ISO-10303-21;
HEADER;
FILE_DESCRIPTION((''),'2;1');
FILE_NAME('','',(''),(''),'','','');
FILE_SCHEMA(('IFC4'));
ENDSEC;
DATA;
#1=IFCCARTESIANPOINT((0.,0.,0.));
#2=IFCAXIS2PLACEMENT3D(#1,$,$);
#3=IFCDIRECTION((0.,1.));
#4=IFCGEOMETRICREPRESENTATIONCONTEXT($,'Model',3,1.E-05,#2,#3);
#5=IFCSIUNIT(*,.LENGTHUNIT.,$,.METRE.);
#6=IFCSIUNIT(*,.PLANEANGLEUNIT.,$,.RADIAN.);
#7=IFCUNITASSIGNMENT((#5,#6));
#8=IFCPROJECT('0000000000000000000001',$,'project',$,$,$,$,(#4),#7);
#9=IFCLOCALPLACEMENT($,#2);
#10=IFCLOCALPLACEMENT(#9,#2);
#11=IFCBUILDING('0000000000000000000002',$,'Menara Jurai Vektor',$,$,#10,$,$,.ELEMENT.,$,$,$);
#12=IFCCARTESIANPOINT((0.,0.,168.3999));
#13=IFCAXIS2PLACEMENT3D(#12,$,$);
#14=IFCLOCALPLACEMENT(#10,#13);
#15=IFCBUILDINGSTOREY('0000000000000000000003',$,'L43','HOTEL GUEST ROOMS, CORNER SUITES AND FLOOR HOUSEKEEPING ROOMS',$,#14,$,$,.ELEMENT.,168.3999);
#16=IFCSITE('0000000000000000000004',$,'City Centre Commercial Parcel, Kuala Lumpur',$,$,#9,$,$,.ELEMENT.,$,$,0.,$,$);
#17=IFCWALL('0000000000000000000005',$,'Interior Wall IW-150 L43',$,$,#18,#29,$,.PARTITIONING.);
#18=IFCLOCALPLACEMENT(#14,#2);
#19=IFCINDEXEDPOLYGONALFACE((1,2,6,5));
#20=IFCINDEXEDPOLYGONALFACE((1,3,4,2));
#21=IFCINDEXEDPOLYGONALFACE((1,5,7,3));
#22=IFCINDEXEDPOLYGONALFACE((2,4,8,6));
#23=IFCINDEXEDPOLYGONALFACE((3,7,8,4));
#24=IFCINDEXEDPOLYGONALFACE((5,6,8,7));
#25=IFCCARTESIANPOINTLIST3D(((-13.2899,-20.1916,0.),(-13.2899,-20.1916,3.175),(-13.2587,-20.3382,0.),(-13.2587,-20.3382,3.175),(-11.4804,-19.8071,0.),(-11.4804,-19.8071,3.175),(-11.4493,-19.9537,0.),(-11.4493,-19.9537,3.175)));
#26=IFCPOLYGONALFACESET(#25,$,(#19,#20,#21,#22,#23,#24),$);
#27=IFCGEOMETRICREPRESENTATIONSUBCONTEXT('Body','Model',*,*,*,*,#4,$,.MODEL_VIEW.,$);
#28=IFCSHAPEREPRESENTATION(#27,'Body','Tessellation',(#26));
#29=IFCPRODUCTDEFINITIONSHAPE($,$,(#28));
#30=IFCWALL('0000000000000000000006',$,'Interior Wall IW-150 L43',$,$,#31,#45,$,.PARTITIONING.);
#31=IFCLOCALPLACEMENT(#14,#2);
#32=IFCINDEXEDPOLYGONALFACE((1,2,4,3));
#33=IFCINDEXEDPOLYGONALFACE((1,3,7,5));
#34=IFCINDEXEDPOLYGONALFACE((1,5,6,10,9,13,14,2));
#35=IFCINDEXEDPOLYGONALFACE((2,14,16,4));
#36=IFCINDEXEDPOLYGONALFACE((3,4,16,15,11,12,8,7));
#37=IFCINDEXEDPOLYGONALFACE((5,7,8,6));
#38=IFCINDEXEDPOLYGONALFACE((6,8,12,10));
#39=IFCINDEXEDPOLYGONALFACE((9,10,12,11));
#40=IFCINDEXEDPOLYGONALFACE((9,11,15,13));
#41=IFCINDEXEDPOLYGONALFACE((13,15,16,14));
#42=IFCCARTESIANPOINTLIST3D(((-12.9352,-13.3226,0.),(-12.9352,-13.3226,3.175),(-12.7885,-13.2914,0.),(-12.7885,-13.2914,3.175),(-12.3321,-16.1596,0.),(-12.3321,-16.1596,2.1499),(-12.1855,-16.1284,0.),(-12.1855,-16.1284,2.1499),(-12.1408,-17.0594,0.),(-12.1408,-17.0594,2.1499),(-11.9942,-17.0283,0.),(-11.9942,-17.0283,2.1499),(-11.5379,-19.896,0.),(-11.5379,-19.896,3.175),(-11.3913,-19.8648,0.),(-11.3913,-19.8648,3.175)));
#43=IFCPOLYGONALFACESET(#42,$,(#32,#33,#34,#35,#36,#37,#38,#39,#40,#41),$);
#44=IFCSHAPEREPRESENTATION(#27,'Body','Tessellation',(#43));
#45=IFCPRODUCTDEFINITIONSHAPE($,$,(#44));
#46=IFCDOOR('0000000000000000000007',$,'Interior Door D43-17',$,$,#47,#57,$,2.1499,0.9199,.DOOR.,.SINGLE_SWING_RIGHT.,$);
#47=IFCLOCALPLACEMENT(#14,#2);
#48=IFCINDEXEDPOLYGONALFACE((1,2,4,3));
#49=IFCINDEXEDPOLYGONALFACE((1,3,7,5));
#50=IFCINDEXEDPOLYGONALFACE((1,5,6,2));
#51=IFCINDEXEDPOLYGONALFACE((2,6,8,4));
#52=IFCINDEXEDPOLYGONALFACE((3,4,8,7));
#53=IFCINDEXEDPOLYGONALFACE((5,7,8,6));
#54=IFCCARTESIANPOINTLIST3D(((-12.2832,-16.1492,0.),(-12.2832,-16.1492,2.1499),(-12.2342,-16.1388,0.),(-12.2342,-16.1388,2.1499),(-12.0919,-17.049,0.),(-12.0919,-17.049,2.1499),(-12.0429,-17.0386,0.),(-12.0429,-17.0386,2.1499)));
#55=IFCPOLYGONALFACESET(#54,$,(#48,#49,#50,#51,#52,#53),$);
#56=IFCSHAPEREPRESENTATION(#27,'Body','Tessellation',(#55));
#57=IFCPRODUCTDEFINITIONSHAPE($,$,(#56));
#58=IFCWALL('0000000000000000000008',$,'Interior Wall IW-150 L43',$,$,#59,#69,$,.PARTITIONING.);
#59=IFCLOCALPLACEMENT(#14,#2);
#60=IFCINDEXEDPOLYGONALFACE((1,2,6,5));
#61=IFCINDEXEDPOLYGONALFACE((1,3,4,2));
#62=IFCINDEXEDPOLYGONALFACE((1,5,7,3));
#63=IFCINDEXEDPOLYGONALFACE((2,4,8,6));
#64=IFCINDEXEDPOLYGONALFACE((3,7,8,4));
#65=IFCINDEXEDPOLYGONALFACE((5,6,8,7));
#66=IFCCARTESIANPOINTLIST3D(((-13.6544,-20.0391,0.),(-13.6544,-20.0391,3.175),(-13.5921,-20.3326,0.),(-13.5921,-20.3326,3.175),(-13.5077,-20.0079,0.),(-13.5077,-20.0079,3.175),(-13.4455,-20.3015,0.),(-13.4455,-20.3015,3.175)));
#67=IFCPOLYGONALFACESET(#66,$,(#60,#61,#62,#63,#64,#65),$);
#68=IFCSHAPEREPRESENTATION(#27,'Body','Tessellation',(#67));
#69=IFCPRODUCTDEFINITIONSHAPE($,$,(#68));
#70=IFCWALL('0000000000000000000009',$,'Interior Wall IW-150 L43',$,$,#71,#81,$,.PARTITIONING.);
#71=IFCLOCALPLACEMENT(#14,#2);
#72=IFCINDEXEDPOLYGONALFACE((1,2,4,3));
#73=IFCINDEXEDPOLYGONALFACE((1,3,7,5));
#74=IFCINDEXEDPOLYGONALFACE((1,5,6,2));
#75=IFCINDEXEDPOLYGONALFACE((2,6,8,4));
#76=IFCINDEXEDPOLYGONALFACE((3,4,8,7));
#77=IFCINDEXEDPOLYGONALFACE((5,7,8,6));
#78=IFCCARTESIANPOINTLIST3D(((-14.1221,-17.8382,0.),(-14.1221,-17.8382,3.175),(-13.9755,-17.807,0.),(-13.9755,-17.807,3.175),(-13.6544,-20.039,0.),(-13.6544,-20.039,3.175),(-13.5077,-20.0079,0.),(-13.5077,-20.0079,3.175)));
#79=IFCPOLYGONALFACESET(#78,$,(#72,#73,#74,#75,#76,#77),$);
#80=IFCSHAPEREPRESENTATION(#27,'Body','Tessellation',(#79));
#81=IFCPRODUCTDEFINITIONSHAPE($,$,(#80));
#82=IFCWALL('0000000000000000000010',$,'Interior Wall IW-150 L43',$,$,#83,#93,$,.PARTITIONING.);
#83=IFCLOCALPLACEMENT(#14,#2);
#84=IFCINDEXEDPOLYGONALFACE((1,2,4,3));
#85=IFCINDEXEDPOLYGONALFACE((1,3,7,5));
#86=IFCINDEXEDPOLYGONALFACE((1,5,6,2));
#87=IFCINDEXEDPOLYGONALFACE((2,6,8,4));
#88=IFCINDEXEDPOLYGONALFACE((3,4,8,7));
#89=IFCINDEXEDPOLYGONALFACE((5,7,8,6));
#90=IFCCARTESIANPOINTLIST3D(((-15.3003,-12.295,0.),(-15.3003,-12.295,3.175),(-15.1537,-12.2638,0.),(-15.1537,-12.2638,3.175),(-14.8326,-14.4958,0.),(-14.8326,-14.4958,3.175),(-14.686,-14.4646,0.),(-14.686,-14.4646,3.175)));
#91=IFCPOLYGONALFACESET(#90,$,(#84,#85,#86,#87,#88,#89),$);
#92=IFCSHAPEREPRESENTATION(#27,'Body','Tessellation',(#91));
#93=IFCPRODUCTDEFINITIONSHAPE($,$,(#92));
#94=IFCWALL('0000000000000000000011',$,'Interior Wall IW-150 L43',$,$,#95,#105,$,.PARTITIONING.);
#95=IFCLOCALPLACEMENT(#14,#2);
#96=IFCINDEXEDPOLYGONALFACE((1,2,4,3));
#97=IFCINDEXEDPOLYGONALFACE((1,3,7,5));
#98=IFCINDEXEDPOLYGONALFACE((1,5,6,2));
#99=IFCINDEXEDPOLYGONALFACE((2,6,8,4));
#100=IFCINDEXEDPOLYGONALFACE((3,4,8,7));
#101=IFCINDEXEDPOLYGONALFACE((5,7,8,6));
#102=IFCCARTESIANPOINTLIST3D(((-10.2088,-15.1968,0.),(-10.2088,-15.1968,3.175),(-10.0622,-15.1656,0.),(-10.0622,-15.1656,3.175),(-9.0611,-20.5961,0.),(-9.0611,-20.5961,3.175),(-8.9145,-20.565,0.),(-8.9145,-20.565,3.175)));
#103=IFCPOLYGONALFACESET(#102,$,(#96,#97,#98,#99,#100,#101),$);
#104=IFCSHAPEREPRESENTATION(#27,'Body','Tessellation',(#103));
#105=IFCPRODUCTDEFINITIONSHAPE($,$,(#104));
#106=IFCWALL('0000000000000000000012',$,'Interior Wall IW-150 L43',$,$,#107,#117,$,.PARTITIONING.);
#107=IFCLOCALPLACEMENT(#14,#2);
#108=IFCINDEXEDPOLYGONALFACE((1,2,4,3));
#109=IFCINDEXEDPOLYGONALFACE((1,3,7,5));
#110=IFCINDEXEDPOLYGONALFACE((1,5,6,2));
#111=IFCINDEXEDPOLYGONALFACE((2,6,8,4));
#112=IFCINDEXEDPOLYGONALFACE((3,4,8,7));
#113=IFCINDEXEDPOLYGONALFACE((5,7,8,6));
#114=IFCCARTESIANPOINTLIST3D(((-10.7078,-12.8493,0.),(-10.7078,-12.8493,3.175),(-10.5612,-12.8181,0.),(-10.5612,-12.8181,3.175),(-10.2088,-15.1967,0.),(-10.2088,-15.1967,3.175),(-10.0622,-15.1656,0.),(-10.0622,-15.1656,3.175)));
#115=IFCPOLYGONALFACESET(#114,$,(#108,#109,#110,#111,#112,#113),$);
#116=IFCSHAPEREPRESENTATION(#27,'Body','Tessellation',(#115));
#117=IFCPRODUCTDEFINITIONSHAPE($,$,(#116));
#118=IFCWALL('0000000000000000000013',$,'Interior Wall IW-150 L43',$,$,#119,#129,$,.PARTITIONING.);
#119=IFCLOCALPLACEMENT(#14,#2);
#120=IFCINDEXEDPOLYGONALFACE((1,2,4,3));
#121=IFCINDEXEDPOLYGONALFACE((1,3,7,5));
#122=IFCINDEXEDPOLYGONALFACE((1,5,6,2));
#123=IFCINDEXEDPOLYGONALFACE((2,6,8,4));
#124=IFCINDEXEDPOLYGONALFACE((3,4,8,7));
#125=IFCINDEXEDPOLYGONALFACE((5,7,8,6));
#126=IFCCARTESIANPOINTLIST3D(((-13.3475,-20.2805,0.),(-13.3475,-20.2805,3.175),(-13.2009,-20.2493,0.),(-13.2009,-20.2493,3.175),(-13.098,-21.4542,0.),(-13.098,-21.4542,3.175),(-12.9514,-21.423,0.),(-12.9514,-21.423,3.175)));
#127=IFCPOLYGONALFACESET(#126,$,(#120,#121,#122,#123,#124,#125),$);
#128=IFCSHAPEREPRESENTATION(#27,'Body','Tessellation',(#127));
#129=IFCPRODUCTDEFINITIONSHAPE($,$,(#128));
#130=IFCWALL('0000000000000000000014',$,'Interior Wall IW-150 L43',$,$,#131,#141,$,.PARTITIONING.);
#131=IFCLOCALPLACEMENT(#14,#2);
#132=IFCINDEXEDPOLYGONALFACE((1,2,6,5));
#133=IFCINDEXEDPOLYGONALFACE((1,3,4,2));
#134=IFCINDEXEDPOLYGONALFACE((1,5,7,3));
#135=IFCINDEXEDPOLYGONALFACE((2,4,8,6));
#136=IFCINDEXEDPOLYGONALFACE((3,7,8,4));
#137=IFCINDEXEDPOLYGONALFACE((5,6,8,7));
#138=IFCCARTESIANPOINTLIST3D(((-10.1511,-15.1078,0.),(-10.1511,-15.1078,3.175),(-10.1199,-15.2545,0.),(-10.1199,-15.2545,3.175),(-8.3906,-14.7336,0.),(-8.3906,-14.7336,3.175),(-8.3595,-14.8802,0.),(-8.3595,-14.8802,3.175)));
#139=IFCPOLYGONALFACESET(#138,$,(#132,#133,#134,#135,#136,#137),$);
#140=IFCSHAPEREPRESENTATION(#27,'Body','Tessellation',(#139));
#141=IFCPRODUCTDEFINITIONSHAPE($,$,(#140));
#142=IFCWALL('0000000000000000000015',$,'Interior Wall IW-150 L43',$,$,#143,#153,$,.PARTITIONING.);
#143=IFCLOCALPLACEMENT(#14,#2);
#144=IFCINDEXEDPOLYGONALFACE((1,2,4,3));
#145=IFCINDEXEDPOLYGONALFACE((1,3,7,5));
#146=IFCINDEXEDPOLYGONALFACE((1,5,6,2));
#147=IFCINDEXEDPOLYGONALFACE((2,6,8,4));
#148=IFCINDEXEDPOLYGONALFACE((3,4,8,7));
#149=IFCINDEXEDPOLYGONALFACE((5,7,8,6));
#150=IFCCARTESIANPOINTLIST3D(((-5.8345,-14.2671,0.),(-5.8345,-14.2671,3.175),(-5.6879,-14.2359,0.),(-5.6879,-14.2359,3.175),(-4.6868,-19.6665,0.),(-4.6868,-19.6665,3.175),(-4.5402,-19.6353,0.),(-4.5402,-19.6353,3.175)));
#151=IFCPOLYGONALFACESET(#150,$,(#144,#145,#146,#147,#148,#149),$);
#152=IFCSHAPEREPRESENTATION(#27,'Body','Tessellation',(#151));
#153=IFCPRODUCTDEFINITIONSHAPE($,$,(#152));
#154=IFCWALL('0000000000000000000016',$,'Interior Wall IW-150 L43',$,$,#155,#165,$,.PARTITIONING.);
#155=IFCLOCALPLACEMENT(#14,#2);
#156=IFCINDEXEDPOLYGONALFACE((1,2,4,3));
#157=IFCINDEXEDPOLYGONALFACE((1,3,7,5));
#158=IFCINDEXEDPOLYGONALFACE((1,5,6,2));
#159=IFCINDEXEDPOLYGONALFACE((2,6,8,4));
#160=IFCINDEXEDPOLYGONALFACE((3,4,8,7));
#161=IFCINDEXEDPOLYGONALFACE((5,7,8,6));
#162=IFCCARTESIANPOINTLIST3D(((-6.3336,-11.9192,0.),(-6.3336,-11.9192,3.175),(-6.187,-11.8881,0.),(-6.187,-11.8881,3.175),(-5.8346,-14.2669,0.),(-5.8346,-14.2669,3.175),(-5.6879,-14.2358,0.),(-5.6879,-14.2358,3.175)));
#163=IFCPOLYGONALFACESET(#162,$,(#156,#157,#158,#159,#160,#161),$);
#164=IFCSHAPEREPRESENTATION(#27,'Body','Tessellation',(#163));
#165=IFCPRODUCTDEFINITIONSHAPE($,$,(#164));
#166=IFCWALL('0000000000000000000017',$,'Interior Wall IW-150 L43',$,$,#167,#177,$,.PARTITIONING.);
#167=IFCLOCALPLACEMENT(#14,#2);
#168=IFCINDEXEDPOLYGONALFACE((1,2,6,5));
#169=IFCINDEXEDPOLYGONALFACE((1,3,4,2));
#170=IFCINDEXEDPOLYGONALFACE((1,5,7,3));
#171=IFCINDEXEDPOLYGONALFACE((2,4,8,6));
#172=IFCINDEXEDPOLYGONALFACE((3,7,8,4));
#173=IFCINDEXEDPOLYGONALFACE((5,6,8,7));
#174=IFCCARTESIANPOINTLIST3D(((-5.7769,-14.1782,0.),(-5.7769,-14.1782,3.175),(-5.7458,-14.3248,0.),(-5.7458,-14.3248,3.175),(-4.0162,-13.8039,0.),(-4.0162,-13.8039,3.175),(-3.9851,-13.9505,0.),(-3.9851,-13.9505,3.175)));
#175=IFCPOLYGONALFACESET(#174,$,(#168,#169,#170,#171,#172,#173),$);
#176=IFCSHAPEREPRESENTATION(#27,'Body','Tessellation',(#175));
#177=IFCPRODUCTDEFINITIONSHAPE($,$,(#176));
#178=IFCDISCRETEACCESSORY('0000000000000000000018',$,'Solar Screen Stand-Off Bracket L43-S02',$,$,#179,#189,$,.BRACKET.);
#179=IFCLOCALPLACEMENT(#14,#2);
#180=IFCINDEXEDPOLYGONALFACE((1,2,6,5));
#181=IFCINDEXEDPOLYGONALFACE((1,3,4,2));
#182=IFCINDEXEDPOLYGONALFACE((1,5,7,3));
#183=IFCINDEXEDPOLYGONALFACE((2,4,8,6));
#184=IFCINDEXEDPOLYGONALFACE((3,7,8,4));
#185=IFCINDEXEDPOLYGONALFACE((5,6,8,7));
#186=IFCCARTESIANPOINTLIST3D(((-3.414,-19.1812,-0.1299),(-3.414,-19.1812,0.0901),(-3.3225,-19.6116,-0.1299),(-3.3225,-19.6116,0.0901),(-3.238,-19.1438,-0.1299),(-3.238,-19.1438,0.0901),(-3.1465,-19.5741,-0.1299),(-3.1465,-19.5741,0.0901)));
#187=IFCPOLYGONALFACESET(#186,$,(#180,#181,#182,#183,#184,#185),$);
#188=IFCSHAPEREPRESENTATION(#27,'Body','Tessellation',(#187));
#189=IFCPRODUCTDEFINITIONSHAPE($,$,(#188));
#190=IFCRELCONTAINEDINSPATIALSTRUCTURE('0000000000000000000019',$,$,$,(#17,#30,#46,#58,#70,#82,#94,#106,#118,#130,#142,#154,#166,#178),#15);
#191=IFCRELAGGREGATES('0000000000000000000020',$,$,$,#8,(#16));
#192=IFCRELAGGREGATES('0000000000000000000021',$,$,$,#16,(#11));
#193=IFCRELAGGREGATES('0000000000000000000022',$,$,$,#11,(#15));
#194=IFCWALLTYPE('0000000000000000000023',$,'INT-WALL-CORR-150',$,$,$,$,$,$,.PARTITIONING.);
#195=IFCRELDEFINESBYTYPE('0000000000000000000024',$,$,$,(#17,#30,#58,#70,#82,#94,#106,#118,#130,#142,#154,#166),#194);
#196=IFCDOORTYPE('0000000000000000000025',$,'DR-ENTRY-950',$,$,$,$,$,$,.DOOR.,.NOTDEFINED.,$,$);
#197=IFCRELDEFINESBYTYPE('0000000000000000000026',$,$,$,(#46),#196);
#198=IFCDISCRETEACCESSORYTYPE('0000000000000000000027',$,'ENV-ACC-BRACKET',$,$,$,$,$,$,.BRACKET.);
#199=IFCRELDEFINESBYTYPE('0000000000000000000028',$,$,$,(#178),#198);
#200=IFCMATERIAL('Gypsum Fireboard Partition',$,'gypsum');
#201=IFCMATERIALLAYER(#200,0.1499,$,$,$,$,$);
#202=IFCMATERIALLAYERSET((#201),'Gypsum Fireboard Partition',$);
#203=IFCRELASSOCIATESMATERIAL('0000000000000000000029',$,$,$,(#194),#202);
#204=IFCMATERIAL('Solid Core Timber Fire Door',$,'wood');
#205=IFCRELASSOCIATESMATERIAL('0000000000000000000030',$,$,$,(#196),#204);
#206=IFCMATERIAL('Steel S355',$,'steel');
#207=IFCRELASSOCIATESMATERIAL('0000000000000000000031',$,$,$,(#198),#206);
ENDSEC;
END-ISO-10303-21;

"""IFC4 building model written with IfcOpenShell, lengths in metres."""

from ifc_helpers import new_model, si_unit, direction, frame, frame_2d, origin, origin_2d, place, context, subcontext, project, spatial, rectangle, extrude, material, layer, layer_set, type_object, element, fill, save


model = new_model("IFC4")

# Units and contexts
model_context = context("Model", 3, precision=1e-05, world=origin(), true_north=direction((0.0, 1.0)))
body_context = subcontext(model_context, "Body", "Model", "MODEL_VIEW")
ifc_project = project(units=[si_unit("LENGTHUNIT", "METRE"), si_unit("PLANEANGLEUNIT", "RADIAN")], contexts=[model_context])

# Site, building, storey
site_placement = place(None, origin())
site = spatial("IfcSite", under=ifc_project, at=site_placement, Name="City Centre Commercial Parcel, Kuala Lumpur", CompositionType="ELEMENT", RefElevation=0.0)
building_placement = place(site_placement, origin())
building = spatial("IfcBuilding", under=site, at=building_placement, Name="Menara Jurai Vektor", CompositionType="ELEMENT")
storey_placement = place(building_placement, frame((0.0, 0.0, 168.3999)))
storey = spatial("IfcBuildingStorey", under=building, at=storey_placement, Name="L43", Description="HOTEL GUEST ROOMS, CORNER SUITES AND FLOOR HOUSEKEEPING ROOMS", CompositionType="ELEMENT", Elevation=168.3999)

# Shared definitions
ifc_material_1 = material(Name="Steel S355", Category="steel")

# Wall
ifc_material_2 = material(Name="Gypsum Fireboard Partition", Category="gypsum")
ifc_layer_1 = layer(ifc_material_2, 0.1499)
ifc_layer_set_1 = layer_set([ifc_layer_1], Name="Gypsum Fireboard Partition")
wall_type = type_object("IfcWallType", Name="INT-WALL-CORR-150", PredefinedType="PARTITIONING", material=ifc_layer_set_1)
wall_1_placement = place(storey_placement, frame((-13.2742, -20.2649, 0.0), z_axis=(0.0, 0.0, 1.0), x_axis=(0.97816, 0.207852, 0.0)))
element("IfcWall", 1, at=wall_1_placement, inside=storey, type_object=wall_type, Name="Interior Wall IW-150 L43", PredefinedType="PARTITIONING", context=body_context, shape_type="SweptSolid", body=[
    extrude(rectangle(XDim=1.8499, YDim=0.1499, at=frame_2d((0.9248, 0.0))), origin(), (0.0, 0.0, 1.0), 3.175),
])

# Wall, opening, door
wall_2_placement = place(storey_placement, frame((-11.4646, -19.8804, 0.0), z_axis=(0.0, 0.0, 1.0), x_axis=(-0.207916, 0.978147, 0.0)))
wall_2 = element("IfcWall", 2, at=wall_2_placement, inside=storey, type_object=wall_type, Name="Interior Wall IW-150 L43", PredefinedType="PARTITIONING", context=body_context, shape_type="SweptSolid", body=[
    extrude(rectangle(XDim=6.7202, YDim=0.1499, at=frame_2d((3.3601, 0.0))), origin(), (0.0, 0.0, 1.0), 3.175),
])
opening_1_placement = place(wall_2_placement, frame((2.8999, 0.0, 0.0)))
opening_1 = element("IfcOpeningElement", 3, at=opening_1_placement, cuts=wall_2, PredefinedType="OPENING", context=body_context, shape_type="SweptSolid", body=[
    extrude(rectangle(XDim=0.9199, YDim=2.1499, at=frame_2d((0.46, 1.075))), frame((0.0, 0.085, 0.0), z_axis=(0.0, -1.0, 0.0), x_axis=(1.0, 0.0, 0.0)), (0.0, 0.0, 1.0), 0.1699),
])
ifc_material_3 = material(Name="Solid Core Timber Fire Door", Category="wood")
door_type_1 = type_object("IfcDoorType", Name="DR-ENTRY-950", OperationType="NOTDEFINED", PredefinedType="DOOR", material=ifc_material_3)
door_1_placement = place(opening_1_placement, origin())
door_1 = element("IfcDoor", 4, at=door_1_placement, inside=storey, type_object=door_type_1, Name="Interior Door D43-17", OperationType="SINGLE_SWING_RIGHT", OverallHeight=2.1499, OverallWidth=0.9199, PredefinedType="DOOR", context=body_context, shape_type="SweptSolid", body=[
    extrude(rectangle(XDim=0.9199, YDim=2.1499, at=frame_2d((0.46, 1.075))), frame((0.0, 0.0249, 0.0), z_axis=(0.0, -1.0, 0.0), x_axis=(1.0, 0.0, 0.0)), (0.0, 0.0, 1.0), 0.05),
])
fill(opening_1, door_1)

# Wall
wall_3_placement = place(storey_placement, frame((-13.5188, -20.3169, 0.0), z_axis=(0.0, 0.0, 1.0), x_axis=(-0.207528, 0.978229, 0.0)))
element("IfcWall", 5, at=wall_3_placement, inside=storey, type_object=wall_type, Name="Interior Wall IW-150 L43", PredefinedType="PARTITIONING", context=body_context, shape_type="SweptSolid", body=[
    extrude(rectangle(XDim=0.3, YDim=0.1499, at=frame_2d((0.1499, 0.0))), origin(), (0.0, 0.0, 1.0), 3.175),
])

# Walls
for number, where, z_axis, x_axis, name in (
    (6, (-13.5811, -20.0234, 0.0), (0.0, 0.0, 1.0), (-0.207891, 0.978152, 0.0), "Interior Wall IW-150 L43"),
    (7, (-14.7593, -14.4802, 0.0), (0.0, 0.0, 1.0), (-0.207891, 0.978152, 0.0), "Interior Wall IW-150 L43"),
):
    element("IfcWall", number, at=place(storey_placement, frame(where, z_axis=z_axis, x_axis=x_axis)), inside=storey, type_object=wall_type, Name=name, PredefinedType="PARTITIONING", context=body_context, shape_type="SweptSolid", body=[
        extrude(rectangle(XDim=2.25, YDim=0.1499, at=frame_2d((1.125, 0.0))), origin(), (0.0, 0.0, 1.0), 3.175),
    ])
wall_4_placement = place(storey_placement, frame((-8.9878, -20.5806, 0.0), z_axis=(0.0, 0.0, 1.0), x_axis=(-0.207916, 0.978147, 0.0)))
element("IfcWall", 8, at=wall_4_placement, inside=storey, type_object=wall_type, Name="Interior Wall IW-150 L43", PredefinedType="PARTITIONING", context=body_context, shape_type="SweptSolid", body=[
    extrude(rectangle(XDim=5.52, YDim=0.1499, at=frame_2d((2.76, 0.0))), origin(), (0.0, 0.0, 1.0), 3.175),
])
wall_5_placement = place(storey_placement, frame((-10.1355, -15.1812, 0.0), z_axis=(0.0, 0.0, 1.0), x_axis=(-0.207938, 0.978142, 0.0)))
element("IfcWall", 9, at=wall_5_placement, inside=storey, type_object=wall_type, Name="Interior Wall IW-150 L43", PredefinedType="PARTITIONING", context=body_context, shape_type="SweptSolid", body=[
    extrude(rectangle(XDim=2.3999, YDim=0.1499, at=frame_2d((1.2, 0.0))), origin(), (0.0, 0.0, 1.0), 3.175),
])
wall_6_placement = place(storey_placement, frame((-13.0247, -21.4387, 0.0), z_axis=(0.0, 0.0, 1.0), x_axis=(-0.207917, 0.978146, 0.0)))
element("IfcWall", 10, at=wall_6_placement, inside=storey, type_object=wall_type, Name="Interior Wall IW-150 L43", PredefinedType="PARTITIONING", context=body_context, shape_type="SweptSolid", body=[
    extrude(rectangle(XDim=1.2, YDim=0.1499, at=frame_2d((0.6001, 0.0))), origin(), (0.0, 0.0, 1.0), 3.175),
])
wall_7_placement = place(storey_placement, frame((-10.1355, -15.1812, 0.0), z_axis=(0.0, 0.0, 1.0), x_axis=(0.978141, 0.207945, 0.0)))
element("IfcWall", 11, at=wall_7_placement, inside=storey, type_object=wall_type, Name="Interior Wall IW-150 L43", PredefinedType="PARTITIONING", context=body_context, shape_type="SweptSolid", body=[
    extrude(rectangle(XDim=1.7998, YDim=0.1499, at=frame_2d((0.8999, 0.0))), origin(), (0.0, 0.0, 1.0), 3.175),
])

# Walls
wall_8_placement = place(storey_placement, frame((-4.6135, -19.6509, 0.0), z_axis=(0.0, 0.0, 1.0), x_axis=(-0.207916, 0.978147, 0.0)))
element("IfcWall", 12, at=wall_8_placement, inside=storey, type_object=wall_type, Name="Interior Wall IW-150 L43", PredefinedType="PARTITIONING", context=body_context, shape_type="SweptSolid", body=[
    extrude(rectangle(XDim=5.52, YDim=0.1499, at=frame_2d((2.76, 0.0))), origin(), (0.0, 0.0, 1.0), 3.175),
])
wall_9_placement = place(storey_placement, frame((-5.7612, -14.2515, 0.0), z_axis=(0.0, 0.0, 1.0), x_axis=(-0.207917, 0.978146, 0.0)))
element("IfcWall", 13, at=wall_9_placement, inside=storey, type_object=wall_type, Name="Interior Wall IW-150 L43", PredefinedType="PARTITIONING", context=body_context, shape_type="SweptSolid", body=[
    extrude(rectangle(XDim=2.4001, YDim=0.1499, at=frame_2d((1.2002, 0.0))), origin(), (0.0, 0.0, 1.0), 3.175),
])
wall_10_placement = place(storey_placement, frame((-5.7612, -14.2515, 0.0), z_axis=(0.0, 0.0, 1.0), x_axis=(0.978146, 0.207917, 0.0)))
element("IfcWall", 14, at=wall_10_placement, inside=storey, type_object=wall_type, Name="Interior Wall IW-150 L43", PredefinedType="PARTITIONING", context=body_context, shape_type="SweptSolid", body=[
    extrude(rectangle(XDim=1.8, YDim=0.1499, at=frame_2d((0.8999, 0.0))), origin(), (0.0, 0.0, 1.0), 3.175),
])

# Discrete accessory
discrete_accessory_type = type_object("IfcDiscreteAccessoryType", Name="ENV-ACC-BRACKET", PredefinedType="BRACKET", material=ifc_material_1)
discrete_accessory_placement = place(storey_placement, frame((-3.2803, -19.3777, -0.1299), z_axis=(0.0, 0.0, 1.0), x_axis=(0.978148, 0.207912, 0.0)))
element("IfcDiscreteAccessory", 15, at=discrete_accessory_placement, inside=storey, type_object=discrete_accessory_type, Name="Solar Screen Stand-Off Bracket L43-S02", PredefinedType="BRACKET", context=body_context, shape_type="SweptSolid", body=[
    extrude(rectangle(XDim=0.1799, YDim=0.4399, at=origin_2d()), origin(), (0.0, 0.0, 1.0), 0.22),
])

save(model, "model.ifc")
